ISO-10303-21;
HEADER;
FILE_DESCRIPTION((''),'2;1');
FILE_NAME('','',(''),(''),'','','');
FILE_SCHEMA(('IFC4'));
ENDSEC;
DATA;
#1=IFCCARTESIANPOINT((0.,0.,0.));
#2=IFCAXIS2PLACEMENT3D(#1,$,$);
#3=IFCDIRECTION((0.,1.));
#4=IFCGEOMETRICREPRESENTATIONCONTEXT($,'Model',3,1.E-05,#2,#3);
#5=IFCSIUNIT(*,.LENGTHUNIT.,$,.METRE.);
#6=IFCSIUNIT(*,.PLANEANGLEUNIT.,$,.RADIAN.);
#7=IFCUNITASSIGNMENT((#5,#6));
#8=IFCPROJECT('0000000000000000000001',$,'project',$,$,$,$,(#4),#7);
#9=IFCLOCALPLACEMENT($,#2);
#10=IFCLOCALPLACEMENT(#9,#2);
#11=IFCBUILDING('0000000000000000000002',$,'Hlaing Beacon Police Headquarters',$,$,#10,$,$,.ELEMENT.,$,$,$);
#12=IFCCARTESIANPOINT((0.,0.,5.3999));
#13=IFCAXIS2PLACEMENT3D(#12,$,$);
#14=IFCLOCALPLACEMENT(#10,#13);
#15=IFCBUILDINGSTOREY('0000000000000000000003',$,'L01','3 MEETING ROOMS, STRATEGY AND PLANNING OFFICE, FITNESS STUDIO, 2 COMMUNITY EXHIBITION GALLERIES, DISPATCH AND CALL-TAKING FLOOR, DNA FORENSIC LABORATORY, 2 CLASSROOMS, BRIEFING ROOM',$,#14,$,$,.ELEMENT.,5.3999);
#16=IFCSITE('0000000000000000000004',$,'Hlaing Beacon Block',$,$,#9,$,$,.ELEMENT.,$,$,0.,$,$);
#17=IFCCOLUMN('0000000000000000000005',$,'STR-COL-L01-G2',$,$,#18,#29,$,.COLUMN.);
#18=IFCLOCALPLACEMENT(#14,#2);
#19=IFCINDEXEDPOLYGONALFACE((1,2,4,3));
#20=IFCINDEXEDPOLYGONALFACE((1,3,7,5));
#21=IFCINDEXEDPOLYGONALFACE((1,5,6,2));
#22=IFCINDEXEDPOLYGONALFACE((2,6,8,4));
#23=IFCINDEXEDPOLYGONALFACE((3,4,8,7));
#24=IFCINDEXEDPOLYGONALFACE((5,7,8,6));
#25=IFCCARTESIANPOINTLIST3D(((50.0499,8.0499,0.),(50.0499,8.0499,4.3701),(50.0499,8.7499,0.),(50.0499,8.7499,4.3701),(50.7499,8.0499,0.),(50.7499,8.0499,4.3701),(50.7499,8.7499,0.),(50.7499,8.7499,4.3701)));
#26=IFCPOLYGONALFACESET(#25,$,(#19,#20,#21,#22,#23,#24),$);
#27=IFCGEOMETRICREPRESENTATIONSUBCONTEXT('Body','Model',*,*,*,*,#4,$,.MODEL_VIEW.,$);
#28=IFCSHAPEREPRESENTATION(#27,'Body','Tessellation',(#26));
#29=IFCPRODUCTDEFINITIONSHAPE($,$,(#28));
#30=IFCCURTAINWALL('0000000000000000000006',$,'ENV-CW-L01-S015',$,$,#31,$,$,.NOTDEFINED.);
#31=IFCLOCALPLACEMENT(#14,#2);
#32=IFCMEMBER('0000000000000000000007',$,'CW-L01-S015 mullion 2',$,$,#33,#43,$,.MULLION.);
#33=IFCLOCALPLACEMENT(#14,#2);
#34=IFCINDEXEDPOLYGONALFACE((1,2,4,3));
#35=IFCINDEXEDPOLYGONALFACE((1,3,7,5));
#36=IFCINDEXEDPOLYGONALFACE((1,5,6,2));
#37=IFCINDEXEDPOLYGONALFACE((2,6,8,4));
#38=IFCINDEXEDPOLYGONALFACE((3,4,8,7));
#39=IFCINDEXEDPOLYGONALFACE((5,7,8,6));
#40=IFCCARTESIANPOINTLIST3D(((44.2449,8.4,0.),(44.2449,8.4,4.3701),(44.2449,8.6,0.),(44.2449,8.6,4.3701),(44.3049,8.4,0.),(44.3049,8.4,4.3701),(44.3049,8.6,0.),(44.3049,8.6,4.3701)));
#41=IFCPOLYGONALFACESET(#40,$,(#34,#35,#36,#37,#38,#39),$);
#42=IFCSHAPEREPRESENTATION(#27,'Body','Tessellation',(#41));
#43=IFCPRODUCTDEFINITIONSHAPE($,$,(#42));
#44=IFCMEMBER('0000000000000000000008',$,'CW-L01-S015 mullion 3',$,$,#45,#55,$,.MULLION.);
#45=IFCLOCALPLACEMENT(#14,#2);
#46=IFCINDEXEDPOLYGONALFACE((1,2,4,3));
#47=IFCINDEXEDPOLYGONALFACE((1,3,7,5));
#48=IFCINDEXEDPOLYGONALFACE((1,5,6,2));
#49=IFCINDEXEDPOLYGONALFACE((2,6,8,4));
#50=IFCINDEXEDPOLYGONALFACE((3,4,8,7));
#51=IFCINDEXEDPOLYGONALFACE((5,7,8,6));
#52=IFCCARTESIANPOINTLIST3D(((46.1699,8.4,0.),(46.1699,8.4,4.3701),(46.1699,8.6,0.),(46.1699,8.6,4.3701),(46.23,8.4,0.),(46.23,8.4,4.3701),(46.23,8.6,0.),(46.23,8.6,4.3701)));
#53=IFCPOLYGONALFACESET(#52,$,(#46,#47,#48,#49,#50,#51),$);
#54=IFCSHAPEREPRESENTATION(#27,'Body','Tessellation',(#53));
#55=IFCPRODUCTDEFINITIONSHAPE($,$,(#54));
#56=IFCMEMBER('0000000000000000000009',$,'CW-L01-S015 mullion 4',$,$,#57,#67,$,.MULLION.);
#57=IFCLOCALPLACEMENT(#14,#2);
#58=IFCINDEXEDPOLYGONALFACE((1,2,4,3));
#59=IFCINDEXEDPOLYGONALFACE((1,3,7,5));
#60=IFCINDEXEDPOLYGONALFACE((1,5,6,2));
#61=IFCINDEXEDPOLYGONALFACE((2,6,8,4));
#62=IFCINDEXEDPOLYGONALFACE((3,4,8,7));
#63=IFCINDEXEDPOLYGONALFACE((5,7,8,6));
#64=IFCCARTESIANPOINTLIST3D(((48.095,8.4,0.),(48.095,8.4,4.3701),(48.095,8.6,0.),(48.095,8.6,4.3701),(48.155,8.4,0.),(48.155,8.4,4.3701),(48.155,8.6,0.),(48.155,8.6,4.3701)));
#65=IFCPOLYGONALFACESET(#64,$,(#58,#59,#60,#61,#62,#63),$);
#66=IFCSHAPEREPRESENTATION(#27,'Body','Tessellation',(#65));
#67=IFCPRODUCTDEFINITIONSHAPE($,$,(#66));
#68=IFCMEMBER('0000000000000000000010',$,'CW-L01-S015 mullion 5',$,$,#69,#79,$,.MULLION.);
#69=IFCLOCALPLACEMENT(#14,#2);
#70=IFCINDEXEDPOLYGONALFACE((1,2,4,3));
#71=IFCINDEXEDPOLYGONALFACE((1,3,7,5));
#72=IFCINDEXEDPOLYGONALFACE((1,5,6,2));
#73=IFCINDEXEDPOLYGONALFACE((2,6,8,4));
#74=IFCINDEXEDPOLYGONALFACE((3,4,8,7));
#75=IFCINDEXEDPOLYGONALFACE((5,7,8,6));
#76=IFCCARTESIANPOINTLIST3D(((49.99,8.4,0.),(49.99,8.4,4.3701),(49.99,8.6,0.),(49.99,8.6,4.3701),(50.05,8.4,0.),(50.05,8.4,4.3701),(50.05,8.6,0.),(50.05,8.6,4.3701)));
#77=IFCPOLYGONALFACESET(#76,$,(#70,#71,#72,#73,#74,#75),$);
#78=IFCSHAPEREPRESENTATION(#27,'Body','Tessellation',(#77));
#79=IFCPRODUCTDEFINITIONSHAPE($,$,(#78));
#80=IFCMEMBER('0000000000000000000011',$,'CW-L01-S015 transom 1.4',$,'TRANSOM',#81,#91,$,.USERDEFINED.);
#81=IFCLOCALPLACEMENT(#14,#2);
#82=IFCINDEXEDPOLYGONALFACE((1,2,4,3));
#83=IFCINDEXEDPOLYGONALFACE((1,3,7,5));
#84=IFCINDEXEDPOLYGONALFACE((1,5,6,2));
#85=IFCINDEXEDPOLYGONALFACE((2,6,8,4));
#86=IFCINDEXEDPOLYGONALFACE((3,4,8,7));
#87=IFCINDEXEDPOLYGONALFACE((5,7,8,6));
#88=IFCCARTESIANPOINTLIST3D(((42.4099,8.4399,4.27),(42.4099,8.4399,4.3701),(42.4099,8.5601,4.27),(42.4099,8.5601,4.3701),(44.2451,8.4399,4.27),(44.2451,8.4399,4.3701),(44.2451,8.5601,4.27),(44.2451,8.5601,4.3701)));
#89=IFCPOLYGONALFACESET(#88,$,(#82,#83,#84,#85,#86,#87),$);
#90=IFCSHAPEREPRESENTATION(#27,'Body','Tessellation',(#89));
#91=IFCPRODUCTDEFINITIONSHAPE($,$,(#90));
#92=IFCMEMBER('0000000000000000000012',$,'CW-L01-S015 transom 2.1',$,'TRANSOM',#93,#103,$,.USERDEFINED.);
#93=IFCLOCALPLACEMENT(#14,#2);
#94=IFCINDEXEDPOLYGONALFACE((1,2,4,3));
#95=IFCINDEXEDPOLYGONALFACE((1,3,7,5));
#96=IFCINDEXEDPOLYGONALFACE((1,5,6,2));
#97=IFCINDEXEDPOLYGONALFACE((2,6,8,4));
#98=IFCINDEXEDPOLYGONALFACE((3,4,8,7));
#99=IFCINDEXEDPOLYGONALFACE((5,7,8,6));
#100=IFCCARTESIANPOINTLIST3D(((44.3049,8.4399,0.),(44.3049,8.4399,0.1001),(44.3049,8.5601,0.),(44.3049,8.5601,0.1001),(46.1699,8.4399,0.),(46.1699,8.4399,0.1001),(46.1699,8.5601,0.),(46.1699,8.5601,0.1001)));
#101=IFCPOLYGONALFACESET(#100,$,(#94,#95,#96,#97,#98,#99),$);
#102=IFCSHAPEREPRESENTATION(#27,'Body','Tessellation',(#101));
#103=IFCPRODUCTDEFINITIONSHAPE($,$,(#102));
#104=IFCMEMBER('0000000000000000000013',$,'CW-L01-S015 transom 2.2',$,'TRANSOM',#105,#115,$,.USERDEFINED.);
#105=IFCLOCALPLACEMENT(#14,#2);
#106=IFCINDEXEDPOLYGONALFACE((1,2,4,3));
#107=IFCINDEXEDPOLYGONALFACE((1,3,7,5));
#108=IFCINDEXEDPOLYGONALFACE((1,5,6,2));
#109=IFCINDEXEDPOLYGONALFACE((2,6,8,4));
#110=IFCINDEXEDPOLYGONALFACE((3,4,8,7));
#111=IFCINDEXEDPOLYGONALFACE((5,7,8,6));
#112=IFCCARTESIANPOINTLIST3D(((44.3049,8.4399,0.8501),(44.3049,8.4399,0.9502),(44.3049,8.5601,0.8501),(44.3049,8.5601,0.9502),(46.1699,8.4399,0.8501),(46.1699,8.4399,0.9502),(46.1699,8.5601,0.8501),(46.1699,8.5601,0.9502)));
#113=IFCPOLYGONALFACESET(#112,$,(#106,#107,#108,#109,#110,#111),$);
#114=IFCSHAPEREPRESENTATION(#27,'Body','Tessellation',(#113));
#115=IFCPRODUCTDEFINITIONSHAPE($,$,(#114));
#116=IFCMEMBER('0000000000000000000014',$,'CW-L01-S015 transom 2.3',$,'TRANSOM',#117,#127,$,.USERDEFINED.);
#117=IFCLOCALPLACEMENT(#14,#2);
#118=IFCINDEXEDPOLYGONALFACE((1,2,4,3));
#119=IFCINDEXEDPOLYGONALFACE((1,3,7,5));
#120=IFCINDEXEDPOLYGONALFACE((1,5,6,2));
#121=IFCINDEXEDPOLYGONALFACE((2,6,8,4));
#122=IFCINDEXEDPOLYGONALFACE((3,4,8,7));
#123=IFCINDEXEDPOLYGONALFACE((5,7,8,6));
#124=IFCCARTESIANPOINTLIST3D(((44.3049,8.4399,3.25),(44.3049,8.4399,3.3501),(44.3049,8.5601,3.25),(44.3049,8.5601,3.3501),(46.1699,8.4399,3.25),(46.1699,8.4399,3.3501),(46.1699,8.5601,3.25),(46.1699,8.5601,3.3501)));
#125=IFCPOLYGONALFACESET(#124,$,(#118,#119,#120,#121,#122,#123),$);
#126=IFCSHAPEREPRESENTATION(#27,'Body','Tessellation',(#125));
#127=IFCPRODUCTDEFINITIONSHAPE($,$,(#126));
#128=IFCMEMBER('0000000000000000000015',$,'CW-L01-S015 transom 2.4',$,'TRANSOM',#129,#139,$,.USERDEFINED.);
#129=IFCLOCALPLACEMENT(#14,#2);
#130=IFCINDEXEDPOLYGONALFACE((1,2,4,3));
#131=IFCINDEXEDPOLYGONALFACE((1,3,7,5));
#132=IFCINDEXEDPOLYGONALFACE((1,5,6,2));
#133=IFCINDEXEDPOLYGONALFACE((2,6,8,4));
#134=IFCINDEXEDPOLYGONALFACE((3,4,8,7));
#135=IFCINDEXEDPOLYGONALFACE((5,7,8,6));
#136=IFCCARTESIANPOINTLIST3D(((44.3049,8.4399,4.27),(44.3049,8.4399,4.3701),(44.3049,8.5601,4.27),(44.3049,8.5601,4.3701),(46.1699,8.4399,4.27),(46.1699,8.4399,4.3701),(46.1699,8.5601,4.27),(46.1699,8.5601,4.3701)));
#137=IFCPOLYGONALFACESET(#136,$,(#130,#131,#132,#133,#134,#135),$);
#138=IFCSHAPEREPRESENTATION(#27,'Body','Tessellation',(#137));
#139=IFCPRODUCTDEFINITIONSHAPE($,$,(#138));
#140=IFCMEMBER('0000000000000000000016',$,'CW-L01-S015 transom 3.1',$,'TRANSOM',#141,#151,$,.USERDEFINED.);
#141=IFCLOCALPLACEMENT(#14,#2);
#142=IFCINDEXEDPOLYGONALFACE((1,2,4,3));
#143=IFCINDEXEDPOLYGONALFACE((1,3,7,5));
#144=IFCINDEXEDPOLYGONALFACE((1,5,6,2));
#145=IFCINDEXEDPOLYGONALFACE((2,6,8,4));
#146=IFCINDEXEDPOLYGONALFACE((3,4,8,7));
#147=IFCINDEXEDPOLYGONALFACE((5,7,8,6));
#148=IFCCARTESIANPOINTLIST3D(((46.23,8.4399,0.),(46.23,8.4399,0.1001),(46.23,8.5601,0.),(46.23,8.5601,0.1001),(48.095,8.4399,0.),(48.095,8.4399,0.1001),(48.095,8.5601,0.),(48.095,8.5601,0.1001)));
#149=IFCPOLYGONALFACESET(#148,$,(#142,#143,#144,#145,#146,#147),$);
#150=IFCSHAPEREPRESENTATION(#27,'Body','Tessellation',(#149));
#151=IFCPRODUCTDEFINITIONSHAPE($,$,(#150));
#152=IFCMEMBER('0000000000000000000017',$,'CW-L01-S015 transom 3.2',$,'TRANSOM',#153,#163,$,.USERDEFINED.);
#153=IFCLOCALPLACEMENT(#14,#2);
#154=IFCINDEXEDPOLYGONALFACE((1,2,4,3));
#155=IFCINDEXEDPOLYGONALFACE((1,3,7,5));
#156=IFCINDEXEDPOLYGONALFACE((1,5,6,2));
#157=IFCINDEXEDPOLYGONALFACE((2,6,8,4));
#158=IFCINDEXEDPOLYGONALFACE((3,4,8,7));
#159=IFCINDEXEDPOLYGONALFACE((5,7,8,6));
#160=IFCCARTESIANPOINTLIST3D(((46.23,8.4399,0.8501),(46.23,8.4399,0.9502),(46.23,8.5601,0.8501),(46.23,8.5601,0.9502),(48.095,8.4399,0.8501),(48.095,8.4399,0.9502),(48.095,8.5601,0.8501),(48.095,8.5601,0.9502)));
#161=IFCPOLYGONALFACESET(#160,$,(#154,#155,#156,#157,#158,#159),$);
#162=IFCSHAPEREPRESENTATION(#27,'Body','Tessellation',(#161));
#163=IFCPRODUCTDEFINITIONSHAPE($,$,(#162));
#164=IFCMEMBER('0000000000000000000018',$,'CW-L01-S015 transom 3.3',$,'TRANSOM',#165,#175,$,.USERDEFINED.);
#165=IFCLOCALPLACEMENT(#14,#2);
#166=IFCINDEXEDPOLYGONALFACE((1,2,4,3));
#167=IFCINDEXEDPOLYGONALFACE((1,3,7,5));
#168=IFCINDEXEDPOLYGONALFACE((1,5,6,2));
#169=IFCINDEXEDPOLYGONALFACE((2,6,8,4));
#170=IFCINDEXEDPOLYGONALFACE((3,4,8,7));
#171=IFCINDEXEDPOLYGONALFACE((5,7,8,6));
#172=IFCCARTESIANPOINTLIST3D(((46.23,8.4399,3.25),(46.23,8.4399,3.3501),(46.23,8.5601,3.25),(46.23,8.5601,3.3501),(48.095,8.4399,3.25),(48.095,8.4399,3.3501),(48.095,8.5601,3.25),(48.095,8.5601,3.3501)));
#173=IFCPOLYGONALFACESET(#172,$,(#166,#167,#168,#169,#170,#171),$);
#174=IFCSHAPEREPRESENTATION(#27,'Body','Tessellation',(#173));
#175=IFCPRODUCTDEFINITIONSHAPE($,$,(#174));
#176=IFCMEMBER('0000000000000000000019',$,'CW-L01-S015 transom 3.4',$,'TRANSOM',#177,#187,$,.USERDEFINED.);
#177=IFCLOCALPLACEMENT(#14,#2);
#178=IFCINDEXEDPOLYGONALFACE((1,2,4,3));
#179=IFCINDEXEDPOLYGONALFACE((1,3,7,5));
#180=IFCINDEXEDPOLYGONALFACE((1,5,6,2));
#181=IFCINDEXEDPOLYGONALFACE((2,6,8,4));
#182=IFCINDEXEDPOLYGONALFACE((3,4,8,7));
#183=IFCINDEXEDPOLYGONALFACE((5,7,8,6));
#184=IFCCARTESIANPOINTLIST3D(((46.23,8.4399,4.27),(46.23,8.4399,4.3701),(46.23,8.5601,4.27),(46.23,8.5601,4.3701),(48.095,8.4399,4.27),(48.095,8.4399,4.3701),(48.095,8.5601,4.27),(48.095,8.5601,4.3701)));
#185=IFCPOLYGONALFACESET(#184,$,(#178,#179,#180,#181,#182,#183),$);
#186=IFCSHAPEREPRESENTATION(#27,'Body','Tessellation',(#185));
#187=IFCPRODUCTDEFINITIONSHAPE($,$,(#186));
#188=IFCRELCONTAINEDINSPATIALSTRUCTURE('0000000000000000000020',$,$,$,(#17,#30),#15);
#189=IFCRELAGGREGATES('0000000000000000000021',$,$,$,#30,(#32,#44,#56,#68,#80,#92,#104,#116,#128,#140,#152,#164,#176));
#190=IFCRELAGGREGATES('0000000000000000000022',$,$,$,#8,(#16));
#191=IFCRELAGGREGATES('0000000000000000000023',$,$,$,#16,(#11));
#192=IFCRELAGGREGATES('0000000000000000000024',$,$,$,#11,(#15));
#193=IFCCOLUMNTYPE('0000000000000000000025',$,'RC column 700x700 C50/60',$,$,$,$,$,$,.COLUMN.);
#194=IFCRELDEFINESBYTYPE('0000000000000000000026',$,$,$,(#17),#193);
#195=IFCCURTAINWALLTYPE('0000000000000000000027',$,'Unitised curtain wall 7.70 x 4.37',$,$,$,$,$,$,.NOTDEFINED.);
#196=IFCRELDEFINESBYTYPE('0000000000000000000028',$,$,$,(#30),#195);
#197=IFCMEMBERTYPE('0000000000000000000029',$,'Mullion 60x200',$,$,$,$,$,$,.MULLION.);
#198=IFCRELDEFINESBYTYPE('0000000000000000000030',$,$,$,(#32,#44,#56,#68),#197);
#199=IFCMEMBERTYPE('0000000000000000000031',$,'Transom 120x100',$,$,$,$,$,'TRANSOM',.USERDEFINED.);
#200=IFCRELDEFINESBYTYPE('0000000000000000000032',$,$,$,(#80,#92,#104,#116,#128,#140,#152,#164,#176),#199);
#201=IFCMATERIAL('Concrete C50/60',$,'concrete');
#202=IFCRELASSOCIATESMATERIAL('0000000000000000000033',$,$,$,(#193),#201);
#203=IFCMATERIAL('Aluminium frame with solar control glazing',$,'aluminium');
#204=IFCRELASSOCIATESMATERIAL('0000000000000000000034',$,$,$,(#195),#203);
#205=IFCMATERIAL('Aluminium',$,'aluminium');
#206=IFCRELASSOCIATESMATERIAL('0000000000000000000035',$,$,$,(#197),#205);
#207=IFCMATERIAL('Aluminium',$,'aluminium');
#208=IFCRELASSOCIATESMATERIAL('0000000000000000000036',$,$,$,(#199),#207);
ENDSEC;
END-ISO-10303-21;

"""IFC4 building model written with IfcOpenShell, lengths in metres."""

from ifc_helpers import new_model, si_unit, direction, frame, origin, origin_2d, place, context, subcontext, project, spatial, rectangle, extrude, material, material_profile, profile_set, type_object, element, aggregate, save


model = new_model("IFC4")

# Units and contexts
model_context = context("Model", 3, precision=1e-05, world=origin(), true_north=direction((0.0, 1.0)))
body_context = subcontext(model_context, "Body", "Model", "MODEL_VIEW")
ifc_project = project(units=[si_unit("LENGTHUNIT", "METRE"), si_unit("PLANEANGLEUNIT", "RADIAN")], contexts=[model_context])

# Site, building, storey
site_placement = place(None, origin())
site = spatial("IfcSite", under=ifc_project, at=site_placement, Name="Hlaing Beacon Block", CompositionType="ELEMENT", RefElevation=0.0)
building_placement = place(site_placement, origin())
building = spatial("IfcBuilding", under=site, at=building_placement, Name="Hlaing Beacon Police Headquarters", CompositionType="ELEMENT")
storey_placement = place(building_placement, frame((0.0, 0.0, 5.3999)))
storey = spatial("IfcBuildingStorey", under=building, at=storey_placement, Name="L01", Description="3 MEETING ROOMS, STRATEGY AND PLANNING OFFICE, FITNESS STUDIO, 2 COMMUNITY EXHIBITION GALLERIES, DISPATCH AND CALL-TAKING FLOOR, DNA FORENSIC LABORATORY, 2 CLASSROOMS, BRIEFING ROOM", CompositionType="ELEMENT", Elevation=5.3999)

# Column
ifc_material_1 = material(Name="Concrete C50/60", Category="concrete")
ifc_material_profile_1 = material_profile(ifc_material_1, rectangle(XDim=0.7, YDim=0.7, at=origin_2d()), Name="700x700")
ifc_profile_set_1 = profile_set([ifc_material_profile_1], Name="Concrete C50/60")
column_type = type_object("IfcColumnType", Name="RC column 700x700 C50/60", PredefinedType="COLUMN", material=ifc_profile_set_1)
column_placement = place(storey_placement, frame((50.3999, 8.3999, 0.0), z_axis=(0.0, 0.0, 1.0), x_axis=(1.0, 0.0, 0.0)))
element("IfcColumn", 1, at=column_placement, inside=storey, type_object=column_type, Name="STR-COL-L01-G2", PredefinedType="COLUMN", context=body_context, shape_type="SweptSolid", body=[
    extrude(rectangle(XDim=0.7, YDim=0.7, at=origin_2d()), origin(), (0.0, 0.0, 1.0), 4.3701),
])

# Curtain wall, members
ifc_material_2 = material(Name="Aluminium frame with solar control glazing", Category="aluminium")
curtain_wall_type = type_object("IfcCurtainWallType", Name="Unitised curtain wall 7.70 x 4.37", PredefinedType="NOTDEFINED", material=ifc_material_2)
curtain_wall_placement = place(storey_placement, origin())
curtain_wall = element("IfcCurtainWall", 2, at=curtain_wall_placement, inside=storey, type_object=curtain_wall_type, Name="ENV-CW-L01-S015", PredefinedType="NOTDEFINED")
ifc_material_3 = material(Name="Aluminium", Category="aluminium")
ifc_material_profile_2 = material_profile(ifc_material_3, rectangle(XDim=0.2, YDim=0.0601, at=origin_2d()), Name="Mullion 60x200")
ifc_profile_set_2 = profile_set([ifc_material_profile_2], Name="Aluminium")
member_type_1 = type_object("IfcMemberType", Name="Mullion 60x200", PredefinedType="MULLION", material=ifc_profile_set_2)
member_1_placement = place(storey_placement, frame((44.2749, 8.5, 0.0), z_axis=(0.0, 0.0, 1.0), x_axis=(0.0, 1.0, 0.0)))
member_1 = element("IfcMember", 3, at=member_1_placement, type_object=member_type_1, Name="CW-L01-S015 mullion 2", PredefinedType="MULLION", context=body_context, shape_type="SweptSolid", body=[
    extrude(rectangle(XDim=0.2, YDim=0.0601, at=origin_2d()), origin(), (0.0, 0.0, 1.0), 4.3701),
])
member_2_placement = place(storey_placement, frame((46.2, 8.5, 0.0), z_axis=(0.0, 0.0, 1.0), x_axis=(0.0, 1.0, 0.0)))
member_2 = element("IfcMember", 4, at=member_2_placement, type_object=member_type_1, Name="CW-L01-S015 mullion 3", PredefinedType="MULLION", context=body_context, shape_type="SweptSolid", body=[
    extrude(rectangle(XDim=0.2, YDim=0.0601, at=origin_2d()), origin(), (0.0, 0.0, 1.0), 4.3701),
])
member_3_placement = place(storey_placement, frame((48.125, 8.5, 0.0), z_axis=(0.0, 0.0, 1.0), x_axis=(0.0, 1.0, 0.0)))
member_3 = element("IfcMember", 5, at=member_3_placement, type_object=member_type_1, Name="CW-L01-S015 mullion 4", PredefinedType="MULLION", context=body_context, shape_type="SweptSolid", body=[
    extrude(rectangle(XDim=0.2, YDim=0.0601, at=origin_2d()), origin(), (0.0, 0.0, 1.0), 4.3701),
])
member_4_placement = place(storey_placement, frame((50.02, 8.5, 0.0), z_axis=(0.0, 0.0, 1.0), x_axis=(0.0, 1.0, 0.0)))
member_4 = element("IfcMember", 6, at=member_4_placement, type_object=member_type_1, Name="CW-L01-S015 mullion 5", PredefinedType="MULLION", context=body_context, shape_type="SweptSolid", body=[
    extrude(rectangle(XDim=0.2, YDim=0.0601, at=origin_2d()), origin(), (0.0, 0.0, 1.0), 4.3701),
])
ifc_material_4 = material(Name="Aluminium", Category="aluminium")
ifc_material_profile_3 = material_profile(ifc_material_4, rectangle(XDim=0.1201, YDim=0.1001, at=origin_2d()), Name="Transom 120x100")
ifc_profile_set_3 = profile_set([ifc_material_profile_3], Name="Aluminium")
member_type_2 = type_object("IfcMemberType", Name="Transom 120x100", ElementType="TRANSOM", PredefinedType="USERDEFINED", material=ifc_profile_set_3)
member_5_placement = place(storey_placement, frame((42.4099, 8.5, 4.3201), z_axis=(1.0, 0.0, 0.0), x_axis=(0.0, 1.0, 0.0)))
member_5 = element("IfcMember", 7, at=member_5_placement, type_object=member_type_2, Name="CW-L01-S015 transom 1.4", ObjectType="TRANSOM", PredefinedType="USERDEFINED", context=body_context, shape_type="SweptSolid", body=[
    extrude(rectangle(XDim=0.1201, YDim=0.1001, at=origin_2d()), origin(), (0.0, 0.0, 1.0), 1.8352),
])
member_6_placement = place(storey_placement, frame((44.3049, 8.5, 0.05), z_axis=(1.0, 0.0, 0.0), x_axis=(0.0, 1.0, 0.0)))
member_6 = element("IfcMember", 8, at=member_6_placement, type_object=member_type_2, Name="CW-L01-S015 transom 2.1", ObjectType="TRANSOM", PredefinedType="USERDEFINED", context=body_context, shape_type="SweptSolid", body=[
    extrude(rectangle(XDim=0.1201, YDim=0.1001, at=origin_2d()), origin(), (0.0, 0.0, 1.0), 1.865),
])
member_7_placement = place(storey_placement, frame((44.3049, 8.5, 0.9001), z_axis=(1.0, 0.0, 0.0), x_axis=(0.0, 1.0, 0.0)))
member_7 = element("IfcMember", 9, at=member_7_placement, type_object=member_type_2, Name="CW-L01-S015 transom 2.2", ObjectType="TRANSOM", PredefinedType="USERDEFINED", context=body_context, shape_type="SweptSolid", body=[
    extrude(rectangle(XDim=0.1201, YDim=0.1001, at=origin_2d()), origin(), (0.0, 0.0, 1.0), 1.865),
])
member_8_placement = place(storey_placement, frame((44.3049, 8.5, 3.3), z_axis=(1.0, 0.0, 0.0), x_axis=(0.0, 1.0, 0.0)))
member_8 = element("IfcMember", 10, at=member_8_placement, type_object=member_type_2, Name="CW-L01-S015 transom 2.3", ObjectType="TRANSOM", PredefinedType="USERDEFINED", context=body_context, shape_type="SweptSolid", body=[
    extrude(rectangle(XDim=0.1201, YDim=0.1001, at=origin_2d()), origin(), (0.0, 0.0, 1.0), 1.865),
])
member_9_placement = place(storey_placement, frame((44.3049, 8.5, 4.3201), z_axis=(1.0, 0.0, 0.0), x_axis=(0.0, 1.0, 0.0)))
member_9 = element("IfcMember", 11, at=member_9_placement, type_object=member_type_2, Name="CW-L01-S015 transom 2.4", ObjectType="TRANSOM", PredefinedType="USERDEFINED", context=body_context, shape_type="SweptSolid", body=[
    extrude(rectangle(XDim=0.1201, YDim=0.1001, at=origin_2d()), origin(), (0.0, 0.0, 1.0), 1.865),
])
member_10_placement = place(storey_placement, frame((46.23, 8.5, 0.05), z_axis=(1.0, 0.0, 0.0), x_axis=(0.0, 1.0, 0.0)))
member_10 = element("IfcMember", 12, at=member_10_placement, type_object=member_type_2, Name="CW-L01-S015 transom 3.1", ObjectType="TRANSOM", PredefinedType="USERDEFINED", context=body_context, shape_type="SweptSolid", body=[
    extrude(rectangle(XDim=0.1201, YDim=0.1001, at=origin_2d()), origin(), (0.0, 0.0, 1.0), 1.865),
])
member_11_placement = place(storey_placement, frame((46.23, 8.5, 0.9001), z_axis=(1.0, 0.0, 0.0), x_axis=(0.0, 1.0, 0.0)))
member_11 = element("IfcMember", 13, at=member_11_placement, type_object=member_type_2, Name="CW-L01-S015 transom 3.2", ObjectType="TRANSOM", PredefinedType="USERDEFINED", context=body_context, shape_type="SweptSolid", body=[
    extrude(rectangle(XDim=0.1201, YDim=0.1001, at=origin_2d()), origin(), (0.0, 0.0, 1.0), 1.865),
])
member_12_placement = place(storey_placement, frame((46.23, 8.5, 3.3), z_axis=(1.0, 0.0, 0.0), x_axis=(0.0, 1.0, 0.0)))
member_12 = element("IfcMember", 14, at=member_12_placement, type_object=member_type_2, Name="CW-L01-S015 transom 3.3", ObjectType="TRANSOM", PredefinedType="USERDEFINED", context=body_context, shape_type="SweptSolid", body=[
    extrude(rectangle(XDim=0.1201, YDim=0.1001, at=origin_2d()), origin(), (0.0, 0.0, 1.0), 1.865),
])
member_13_placement = place(storey_placement, frame((46.23, 8.5, 4.3201), z_axis=(1.0, 0.0, 0.0), x_axis=(0.0, 1.0, 0.0)))
member_13 = element("IfcMember", 15, at=member_13_placement, type_object=member_type_2, Name="CW-L01-S015 transom 3.4", ObjectType="TRANSOM", PredefinedType="USERDEFINED", context=body_context, shape_type="SweptSolid", body=[
    extrude(rectangle(XDim=0.1201, YDim=0.1001, at=origin_2d()), origin(), (0.0, 0.0, 1.0), 1.865),
])
aggregate(curtain_wall, [member_1, member_2, member_3, member_4, member_5, member_6, member_7, member_8, member_9, member_10, member_11, member_12, member_13])

save(model, "model.ifc")
